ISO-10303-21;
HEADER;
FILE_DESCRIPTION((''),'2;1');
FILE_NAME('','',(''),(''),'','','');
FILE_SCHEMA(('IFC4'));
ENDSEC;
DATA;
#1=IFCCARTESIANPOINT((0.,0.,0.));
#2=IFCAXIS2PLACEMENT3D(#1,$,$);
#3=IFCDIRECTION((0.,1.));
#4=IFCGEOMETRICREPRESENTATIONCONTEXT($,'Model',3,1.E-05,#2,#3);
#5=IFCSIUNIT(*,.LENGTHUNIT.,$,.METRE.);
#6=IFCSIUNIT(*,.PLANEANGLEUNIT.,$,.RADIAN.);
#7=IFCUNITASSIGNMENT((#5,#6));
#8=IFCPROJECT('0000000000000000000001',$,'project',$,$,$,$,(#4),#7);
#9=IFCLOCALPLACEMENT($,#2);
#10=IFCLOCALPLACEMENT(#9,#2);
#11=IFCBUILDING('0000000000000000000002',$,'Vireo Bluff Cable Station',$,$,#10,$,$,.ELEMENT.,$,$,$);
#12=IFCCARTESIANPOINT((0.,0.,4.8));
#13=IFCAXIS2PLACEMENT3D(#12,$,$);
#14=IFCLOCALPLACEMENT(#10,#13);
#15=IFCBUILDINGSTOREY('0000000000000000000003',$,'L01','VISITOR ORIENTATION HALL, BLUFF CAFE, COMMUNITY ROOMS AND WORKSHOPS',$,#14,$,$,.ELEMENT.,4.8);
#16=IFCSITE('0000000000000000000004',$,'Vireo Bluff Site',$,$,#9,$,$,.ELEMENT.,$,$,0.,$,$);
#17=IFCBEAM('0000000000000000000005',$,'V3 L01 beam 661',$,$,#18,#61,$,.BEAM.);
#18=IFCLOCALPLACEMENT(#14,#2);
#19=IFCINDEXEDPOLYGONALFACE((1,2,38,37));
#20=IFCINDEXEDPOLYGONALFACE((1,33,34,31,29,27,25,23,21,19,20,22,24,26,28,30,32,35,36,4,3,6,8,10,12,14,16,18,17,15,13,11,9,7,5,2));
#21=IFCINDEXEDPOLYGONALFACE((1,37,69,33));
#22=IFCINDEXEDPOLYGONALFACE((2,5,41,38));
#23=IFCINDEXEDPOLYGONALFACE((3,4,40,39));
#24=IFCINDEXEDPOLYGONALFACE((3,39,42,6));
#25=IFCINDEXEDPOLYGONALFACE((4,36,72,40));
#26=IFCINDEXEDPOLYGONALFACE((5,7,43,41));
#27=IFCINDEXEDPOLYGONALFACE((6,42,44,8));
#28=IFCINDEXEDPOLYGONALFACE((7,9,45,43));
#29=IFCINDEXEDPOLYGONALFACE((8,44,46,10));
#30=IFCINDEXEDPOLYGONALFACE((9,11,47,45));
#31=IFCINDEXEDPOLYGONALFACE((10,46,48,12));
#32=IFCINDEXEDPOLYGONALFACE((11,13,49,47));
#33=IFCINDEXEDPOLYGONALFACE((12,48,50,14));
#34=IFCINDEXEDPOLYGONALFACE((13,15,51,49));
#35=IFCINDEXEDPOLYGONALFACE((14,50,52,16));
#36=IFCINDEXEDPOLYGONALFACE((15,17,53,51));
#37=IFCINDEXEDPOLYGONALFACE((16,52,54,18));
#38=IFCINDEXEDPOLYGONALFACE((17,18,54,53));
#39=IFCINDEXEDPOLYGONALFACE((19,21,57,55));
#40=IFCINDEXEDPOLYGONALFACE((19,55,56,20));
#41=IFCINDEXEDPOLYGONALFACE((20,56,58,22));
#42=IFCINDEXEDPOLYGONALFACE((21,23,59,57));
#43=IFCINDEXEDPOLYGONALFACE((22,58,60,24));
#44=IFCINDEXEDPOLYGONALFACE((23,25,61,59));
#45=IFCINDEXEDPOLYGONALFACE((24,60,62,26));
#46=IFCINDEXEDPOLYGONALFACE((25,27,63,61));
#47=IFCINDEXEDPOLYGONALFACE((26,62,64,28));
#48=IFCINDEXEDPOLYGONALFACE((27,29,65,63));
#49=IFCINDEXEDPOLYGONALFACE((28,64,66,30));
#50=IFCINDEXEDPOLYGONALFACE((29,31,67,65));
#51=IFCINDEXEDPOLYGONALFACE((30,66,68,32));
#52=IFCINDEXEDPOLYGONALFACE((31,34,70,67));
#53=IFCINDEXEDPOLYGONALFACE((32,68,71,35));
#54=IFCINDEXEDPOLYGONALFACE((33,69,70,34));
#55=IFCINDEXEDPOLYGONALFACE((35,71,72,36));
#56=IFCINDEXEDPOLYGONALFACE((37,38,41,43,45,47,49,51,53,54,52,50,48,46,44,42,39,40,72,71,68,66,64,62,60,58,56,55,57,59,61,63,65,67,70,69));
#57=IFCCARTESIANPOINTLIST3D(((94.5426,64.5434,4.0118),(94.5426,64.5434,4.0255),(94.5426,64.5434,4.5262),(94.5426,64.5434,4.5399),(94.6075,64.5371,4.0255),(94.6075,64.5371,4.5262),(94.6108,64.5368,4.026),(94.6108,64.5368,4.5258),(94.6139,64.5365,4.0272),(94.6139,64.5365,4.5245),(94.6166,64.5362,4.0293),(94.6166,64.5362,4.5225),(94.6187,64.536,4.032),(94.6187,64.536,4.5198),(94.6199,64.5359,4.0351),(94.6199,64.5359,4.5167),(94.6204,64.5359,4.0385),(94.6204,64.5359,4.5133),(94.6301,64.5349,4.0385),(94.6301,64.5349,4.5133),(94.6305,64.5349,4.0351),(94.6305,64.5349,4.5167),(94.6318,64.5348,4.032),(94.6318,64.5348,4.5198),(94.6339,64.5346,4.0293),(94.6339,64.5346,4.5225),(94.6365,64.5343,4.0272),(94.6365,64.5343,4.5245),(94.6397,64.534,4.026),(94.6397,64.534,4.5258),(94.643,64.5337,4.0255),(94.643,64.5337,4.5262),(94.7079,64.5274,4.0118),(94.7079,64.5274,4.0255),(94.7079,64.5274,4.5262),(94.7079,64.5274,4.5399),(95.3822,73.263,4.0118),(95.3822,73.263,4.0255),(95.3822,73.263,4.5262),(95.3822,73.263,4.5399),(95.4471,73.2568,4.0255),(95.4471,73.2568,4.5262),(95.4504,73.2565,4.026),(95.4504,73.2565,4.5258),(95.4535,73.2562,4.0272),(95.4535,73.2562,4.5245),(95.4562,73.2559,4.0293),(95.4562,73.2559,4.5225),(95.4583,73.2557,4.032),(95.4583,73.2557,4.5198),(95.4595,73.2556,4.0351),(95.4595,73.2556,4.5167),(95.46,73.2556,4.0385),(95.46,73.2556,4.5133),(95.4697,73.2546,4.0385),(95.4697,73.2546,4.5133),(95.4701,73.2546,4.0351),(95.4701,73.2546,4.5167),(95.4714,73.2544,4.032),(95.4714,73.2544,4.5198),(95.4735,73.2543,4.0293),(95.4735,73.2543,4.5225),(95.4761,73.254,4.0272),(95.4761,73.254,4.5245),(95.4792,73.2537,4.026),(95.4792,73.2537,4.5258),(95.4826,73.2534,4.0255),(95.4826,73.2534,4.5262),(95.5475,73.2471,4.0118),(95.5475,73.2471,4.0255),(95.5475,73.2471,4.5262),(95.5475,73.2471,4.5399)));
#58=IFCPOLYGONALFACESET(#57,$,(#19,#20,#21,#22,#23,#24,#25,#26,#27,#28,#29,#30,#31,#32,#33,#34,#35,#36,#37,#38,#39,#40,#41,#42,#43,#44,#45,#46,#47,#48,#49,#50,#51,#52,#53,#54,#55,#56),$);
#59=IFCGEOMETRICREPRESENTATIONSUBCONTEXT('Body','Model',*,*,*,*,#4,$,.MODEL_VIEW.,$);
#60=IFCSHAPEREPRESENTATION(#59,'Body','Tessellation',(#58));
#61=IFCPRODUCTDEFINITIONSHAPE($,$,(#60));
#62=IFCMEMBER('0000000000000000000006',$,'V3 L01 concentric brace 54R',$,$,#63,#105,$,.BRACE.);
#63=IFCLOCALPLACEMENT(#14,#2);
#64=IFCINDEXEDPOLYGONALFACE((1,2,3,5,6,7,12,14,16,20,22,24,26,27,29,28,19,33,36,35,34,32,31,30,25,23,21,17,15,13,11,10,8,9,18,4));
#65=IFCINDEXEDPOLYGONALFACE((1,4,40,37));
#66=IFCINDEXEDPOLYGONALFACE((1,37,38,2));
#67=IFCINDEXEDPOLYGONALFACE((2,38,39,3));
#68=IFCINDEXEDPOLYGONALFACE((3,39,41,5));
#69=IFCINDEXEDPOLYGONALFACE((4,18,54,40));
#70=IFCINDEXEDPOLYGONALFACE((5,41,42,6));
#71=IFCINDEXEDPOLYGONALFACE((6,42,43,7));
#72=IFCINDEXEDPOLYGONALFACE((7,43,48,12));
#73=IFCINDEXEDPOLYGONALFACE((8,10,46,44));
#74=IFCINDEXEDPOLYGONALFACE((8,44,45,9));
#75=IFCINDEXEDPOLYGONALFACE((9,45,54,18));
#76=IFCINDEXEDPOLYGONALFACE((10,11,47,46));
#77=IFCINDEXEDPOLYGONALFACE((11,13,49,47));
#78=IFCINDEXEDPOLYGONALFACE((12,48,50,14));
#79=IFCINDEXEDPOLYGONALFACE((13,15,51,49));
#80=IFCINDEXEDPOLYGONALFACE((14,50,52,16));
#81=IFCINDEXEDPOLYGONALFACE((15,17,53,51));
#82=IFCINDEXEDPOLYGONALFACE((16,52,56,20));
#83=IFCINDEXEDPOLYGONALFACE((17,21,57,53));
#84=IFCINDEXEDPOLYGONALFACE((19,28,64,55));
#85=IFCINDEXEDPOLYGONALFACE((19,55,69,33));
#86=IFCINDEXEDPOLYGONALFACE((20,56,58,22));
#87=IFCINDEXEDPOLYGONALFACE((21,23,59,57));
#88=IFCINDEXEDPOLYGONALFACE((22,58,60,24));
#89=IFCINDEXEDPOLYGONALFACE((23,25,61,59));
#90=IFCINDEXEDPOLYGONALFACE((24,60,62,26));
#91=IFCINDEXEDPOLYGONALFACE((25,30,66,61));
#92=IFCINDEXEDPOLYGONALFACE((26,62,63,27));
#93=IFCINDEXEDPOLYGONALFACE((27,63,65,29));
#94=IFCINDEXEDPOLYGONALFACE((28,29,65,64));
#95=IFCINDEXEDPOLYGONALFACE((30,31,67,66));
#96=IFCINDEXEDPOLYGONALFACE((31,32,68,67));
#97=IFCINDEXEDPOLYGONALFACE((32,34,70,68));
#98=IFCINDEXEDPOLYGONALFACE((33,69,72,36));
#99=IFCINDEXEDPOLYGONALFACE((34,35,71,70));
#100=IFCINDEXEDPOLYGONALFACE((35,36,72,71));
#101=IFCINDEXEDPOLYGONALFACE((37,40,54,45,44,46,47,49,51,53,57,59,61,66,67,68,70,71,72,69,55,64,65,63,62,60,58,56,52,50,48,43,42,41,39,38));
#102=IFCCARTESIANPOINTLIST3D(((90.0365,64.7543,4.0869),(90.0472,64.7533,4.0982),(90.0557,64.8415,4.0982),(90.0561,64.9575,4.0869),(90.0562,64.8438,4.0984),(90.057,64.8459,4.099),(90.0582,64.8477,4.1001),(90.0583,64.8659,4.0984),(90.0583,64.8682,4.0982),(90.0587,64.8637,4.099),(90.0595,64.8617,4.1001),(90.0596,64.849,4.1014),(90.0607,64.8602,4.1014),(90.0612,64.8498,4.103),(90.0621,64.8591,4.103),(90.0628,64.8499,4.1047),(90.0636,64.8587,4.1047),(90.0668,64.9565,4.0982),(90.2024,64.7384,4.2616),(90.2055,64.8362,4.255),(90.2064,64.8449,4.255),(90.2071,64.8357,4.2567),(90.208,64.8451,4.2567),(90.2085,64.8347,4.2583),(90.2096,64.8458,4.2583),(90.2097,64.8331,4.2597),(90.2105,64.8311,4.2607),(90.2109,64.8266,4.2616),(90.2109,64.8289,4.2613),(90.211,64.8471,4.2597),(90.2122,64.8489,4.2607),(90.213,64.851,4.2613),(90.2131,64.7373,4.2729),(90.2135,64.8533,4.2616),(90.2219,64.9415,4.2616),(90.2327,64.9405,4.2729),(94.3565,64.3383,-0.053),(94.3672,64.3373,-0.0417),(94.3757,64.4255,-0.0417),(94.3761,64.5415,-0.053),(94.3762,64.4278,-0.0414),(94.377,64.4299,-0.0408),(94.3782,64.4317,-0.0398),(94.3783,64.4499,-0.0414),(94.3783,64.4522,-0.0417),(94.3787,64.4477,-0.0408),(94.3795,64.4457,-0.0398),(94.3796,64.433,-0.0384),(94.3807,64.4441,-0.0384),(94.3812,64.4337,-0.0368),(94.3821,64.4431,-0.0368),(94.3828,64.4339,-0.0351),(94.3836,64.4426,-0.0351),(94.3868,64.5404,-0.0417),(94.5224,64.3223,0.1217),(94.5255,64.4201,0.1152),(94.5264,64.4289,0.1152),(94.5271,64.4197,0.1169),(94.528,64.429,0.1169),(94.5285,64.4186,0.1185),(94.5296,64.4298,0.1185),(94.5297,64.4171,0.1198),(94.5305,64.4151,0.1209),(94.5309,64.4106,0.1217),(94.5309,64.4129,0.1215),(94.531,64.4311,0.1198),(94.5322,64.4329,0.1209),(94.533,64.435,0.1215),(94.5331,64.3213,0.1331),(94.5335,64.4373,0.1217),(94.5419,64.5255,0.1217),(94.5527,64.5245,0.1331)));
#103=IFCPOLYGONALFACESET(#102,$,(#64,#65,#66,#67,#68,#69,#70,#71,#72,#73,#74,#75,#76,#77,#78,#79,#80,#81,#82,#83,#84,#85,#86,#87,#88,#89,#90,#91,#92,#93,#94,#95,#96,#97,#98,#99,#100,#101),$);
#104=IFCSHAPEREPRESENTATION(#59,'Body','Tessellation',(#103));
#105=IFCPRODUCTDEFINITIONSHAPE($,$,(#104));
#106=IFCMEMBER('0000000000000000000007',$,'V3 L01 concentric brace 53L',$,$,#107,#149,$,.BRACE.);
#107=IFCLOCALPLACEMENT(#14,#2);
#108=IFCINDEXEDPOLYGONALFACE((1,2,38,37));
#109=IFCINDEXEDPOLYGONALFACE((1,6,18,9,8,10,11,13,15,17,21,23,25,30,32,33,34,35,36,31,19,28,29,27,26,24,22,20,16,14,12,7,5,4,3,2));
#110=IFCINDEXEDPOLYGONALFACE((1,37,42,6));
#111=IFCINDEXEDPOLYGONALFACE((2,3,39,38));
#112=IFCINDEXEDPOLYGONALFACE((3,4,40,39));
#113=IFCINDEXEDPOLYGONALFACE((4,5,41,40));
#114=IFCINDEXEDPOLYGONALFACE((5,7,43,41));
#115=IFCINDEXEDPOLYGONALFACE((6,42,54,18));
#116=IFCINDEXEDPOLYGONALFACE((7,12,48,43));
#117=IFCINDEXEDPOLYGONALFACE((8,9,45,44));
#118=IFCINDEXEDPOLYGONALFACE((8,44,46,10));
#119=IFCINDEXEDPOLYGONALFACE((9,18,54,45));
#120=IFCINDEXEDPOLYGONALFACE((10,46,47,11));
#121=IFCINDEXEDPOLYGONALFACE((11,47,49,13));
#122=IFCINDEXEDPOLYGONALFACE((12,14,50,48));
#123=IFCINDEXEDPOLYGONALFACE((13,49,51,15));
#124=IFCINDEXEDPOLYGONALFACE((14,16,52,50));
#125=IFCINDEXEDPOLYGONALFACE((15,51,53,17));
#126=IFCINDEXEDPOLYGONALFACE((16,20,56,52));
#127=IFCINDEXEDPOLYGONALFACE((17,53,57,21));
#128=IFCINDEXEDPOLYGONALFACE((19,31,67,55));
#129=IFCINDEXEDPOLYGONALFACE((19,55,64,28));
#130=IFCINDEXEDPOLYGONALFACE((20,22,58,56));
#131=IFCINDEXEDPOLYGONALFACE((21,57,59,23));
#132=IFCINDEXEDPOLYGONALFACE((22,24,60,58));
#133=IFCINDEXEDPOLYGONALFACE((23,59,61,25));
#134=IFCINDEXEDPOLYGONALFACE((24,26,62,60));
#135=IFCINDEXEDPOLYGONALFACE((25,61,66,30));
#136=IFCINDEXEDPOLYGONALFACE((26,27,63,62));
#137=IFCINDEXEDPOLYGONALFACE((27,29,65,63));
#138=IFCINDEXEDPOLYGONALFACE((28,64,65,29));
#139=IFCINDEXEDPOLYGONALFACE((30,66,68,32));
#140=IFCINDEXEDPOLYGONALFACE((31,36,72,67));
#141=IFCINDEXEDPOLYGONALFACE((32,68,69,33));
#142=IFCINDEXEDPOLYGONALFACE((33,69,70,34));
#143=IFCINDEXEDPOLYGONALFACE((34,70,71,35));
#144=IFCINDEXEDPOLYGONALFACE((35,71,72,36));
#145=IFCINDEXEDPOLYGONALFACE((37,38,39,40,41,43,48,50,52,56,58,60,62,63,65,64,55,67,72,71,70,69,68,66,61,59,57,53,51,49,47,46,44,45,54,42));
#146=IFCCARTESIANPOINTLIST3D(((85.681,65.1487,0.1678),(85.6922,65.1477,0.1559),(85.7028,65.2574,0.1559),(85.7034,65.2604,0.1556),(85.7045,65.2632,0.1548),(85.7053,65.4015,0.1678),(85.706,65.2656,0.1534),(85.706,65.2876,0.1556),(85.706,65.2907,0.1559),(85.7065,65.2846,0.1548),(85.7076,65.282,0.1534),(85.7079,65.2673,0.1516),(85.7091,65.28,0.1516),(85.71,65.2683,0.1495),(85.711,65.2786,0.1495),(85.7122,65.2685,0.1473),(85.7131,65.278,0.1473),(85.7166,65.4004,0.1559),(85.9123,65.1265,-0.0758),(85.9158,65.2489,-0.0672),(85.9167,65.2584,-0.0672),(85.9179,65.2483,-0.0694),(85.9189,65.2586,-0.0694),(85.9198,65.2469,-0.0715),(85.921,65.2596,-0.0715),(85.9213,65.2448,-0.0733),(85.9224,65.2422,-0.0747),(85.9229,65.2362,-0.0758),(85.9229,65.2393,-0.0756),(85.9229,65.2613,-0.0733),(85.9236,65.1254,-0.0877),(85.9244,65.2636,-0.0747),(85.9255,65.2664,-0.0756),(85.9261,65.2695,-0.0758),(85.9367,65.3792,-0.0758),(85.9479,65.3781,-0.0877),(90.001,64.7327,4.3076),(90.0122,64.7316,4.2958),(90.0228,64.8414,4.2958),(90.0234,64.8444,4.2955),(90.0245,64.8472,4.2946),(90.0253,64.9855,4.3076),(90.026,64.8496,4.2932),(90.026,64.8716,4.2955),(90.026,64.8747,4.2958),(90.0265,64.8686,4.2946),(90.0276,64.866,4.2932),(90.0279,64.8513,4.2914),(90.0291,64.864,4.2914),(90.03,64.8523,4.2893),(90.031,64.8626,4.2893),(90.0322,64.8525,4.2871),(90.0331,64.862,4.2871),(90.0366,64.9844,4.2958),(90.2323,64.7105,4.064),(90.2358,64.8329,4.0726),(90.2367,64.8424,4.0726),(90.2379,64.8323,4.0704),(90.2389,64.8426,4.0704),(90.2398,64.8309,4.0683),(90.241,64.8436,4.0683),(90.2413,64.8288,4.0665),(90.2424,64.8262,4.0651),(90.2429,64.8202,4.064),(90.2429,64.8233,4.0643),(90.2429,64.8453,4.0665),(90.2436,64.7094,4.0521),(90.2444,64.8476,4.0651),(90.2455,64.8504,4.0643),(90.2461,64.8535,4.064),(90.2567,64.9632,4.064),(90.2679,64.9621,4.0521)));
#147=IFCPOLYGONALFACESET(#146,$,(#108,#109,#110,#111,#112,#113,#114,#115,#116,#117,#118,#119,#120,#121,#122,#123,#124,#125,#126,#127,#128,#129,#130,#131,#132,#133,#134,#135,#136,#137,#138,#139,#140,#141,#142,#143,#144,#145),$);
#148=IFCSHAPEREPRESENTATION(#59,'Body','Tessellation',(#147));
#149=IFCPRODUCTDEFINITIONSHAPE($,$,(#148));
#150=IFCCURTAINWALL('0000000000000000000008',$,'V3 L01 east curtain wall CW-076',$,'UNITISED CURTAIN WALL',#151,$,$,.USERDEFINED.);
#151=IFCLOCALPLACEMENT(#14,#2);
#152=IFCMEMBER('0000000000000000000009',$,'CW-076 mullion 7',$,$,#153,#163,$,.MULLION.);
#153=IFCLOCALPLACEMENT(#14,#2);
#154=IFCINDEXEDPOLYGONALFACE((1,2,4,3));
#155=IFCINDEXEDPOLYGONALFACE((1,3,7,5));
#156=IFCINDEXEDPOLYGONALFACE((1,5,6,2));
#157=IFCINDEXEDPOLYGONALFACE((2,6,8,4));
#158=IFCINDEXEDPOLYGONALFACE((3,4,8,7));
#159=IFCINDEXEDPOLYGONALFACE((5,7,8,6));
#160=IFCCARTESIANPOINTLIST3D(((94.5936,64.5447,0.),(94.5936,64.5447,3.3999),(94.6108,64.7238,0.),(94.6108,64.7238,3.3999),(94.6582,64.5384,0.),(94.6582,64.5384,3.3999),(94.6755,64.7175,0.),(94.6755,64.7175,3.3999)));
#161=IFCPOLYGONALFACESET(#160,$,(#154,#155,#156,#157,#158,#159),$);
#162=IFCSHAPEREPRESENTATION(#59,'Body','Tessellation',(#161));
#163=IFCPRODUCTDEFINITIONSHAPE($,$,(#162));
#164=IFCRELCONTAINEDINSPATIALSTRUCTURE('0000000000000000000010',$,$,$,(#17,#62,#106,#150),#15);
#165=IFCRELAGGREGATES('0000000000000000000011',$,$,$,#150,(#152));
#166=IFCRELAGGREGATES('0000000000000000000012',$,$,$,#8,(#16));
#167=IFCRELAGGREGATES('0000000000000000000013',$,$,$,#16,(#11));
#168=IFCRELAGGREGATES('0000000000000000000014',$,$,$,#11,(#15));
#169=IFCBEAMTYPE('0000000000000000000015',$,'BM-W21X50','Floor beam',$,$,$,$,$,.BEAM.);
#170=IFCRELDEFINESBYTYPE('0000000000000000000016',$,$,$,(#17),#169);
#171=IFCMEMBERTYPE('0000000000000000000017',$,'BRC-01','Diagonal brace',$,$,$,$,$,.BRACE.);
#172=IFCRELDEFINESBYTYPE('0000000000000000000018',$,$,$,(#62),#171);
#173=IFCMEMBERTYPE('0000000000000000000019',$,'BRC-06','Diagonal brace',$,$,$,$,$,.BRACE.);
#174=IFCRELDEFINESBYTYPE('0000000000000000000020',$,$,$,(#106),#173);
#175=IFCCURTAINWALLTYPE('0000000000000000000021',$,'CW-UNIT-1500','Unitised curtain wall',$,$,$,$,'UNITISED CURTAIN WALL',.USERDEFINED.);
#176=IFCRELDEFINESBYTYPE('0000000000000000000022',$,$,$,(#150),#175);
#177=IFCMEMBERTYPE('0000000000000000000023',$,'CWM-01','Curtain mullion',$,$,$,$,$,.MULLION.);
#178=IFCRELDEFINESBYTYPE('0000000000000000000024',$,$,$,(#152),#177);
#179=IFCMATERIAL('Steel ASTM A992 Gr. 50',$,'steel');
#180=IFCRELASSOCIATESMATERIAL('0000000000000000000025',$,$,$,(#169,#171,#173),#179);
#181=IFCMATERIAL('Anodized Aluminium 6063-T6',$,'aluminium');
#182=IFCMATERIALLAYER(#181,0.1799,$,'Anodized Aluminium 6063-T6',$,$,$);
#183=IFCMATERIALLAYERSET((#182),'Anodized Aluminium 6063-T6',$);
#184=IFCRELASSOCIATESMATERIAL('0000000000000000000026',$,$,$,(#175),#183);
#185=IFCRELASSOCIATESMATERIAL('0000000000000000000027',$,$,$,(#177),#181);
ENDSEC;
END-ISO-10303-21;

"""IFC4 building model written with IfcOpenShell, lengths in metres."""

from ifc_helpers import new_model, si_unit, direction, frame, origin, origin_2d, place, context, subcontext, project, spatial, rectangle, i_section, extrude, material, layer, layer_set, material_profile, profile_set, type_object, element, aggregate, save


model = new_model("IFC4")

# Units and contexts
model_context = context("Model", 3, precision=1e-05, world=origin(), true_north=direction((0.0, 1.0)))
body_context = subcontext(model_context, "Body", "Model", "MODEL_VIEW")
ifc_project = project(units=[si_unit("LENGTHUNIT", "METRE"), si_unit("PLANEANGLEUNIT", "RADIAN")], contexts=[model_context])

# Site, building, storey
site_placement = place(None, origin())
site = spatial("IfcSite", under=ifc_project, at=site_placement, Name="Vireo Bluff Site", CompositionType="ELEMENT", RefElevation=0.0)
building_placement = place(site_placement, origin())
building = spatial("IfcBuilding", under=site, at=building_placement, Name="Vireo Bluff Cable Station", CompositionType="ELEMENT")
storey_placement = place(building_placement, frame((0.0, 0.0, 4.8)))
storey = spatial("IfcBuildingStorey", under=building, at=storey_placement, Name="L01", Description="VISITOR ORIENTATION HALL, BLUFF CAFE, COMMUNITY ROOMS AND WORKSHOPS", CompositionType="ELEMENT", Elevation=4.8)

# Shared definitions
ifc_material_1 = material(Name="Steel ASTM A992 Gr. 50", Category="steel")

# Beam
ifc_material_profile_1 = material_profile(ifc_material_1, i_section(OverallWidth=0.166, OverallDepth=0.5281, WebThickness=0.0098, FlangeThickness=0.0137, FilletRadius=0.0129, at=origin_2d()), Name="W21X50")
ifc_profile_set_1 = profile_set([ifc_material_profile_1], Name="Steel ASTM A992 Gr. 50")
beam_type_1 = type_object("IfcBeamType", Name="BM-W21X50", Description="Floor beam", PredefinedType="BEAM", material=ifc_profile_set_1)
beam_1_placement = place(storey_placement, frame((94.6252, 64.5354, 4.2759), z_axis=(0.095844, 0.995396, 0.0), x_axis=(-0.995396, 0.095844, 0.0)))
element("IfcBeam", 1, at=beam_1_placement, inside=storey, type_object=beam_type_1, Name="V3 L01 beam 661", PredefinedType="BEAM", context=body_context, shape_type="SweptSolid", body=[
    extrude(i_section(OverallWidth=0.166, OverallDepth=0.5281, WebThickness=0.0098, FlangeThickness=0.0137, FilletRadius=0.0129, at=origin_2d()), origin(), (0.0, 0.0, 1.0), 8.76),
])

# Members
ifc_material_profile_2 = material_profile(ifc_material_1, i_section(OverallWidth=0.2041, OverallDepth=0.2571, WebThickness=0.0088, FlangeThickness=0.0156, FilletRadius=0.009, at=origin_2d()), Name="W10X45")
ifc_profile_set_2 = profile_set([ifc_material_profile_2], Name="Steel ASTM A992 Gr. 50")
member_type_1 = type_object("IfcMemberType", Name="BRC-01", Description="Diagonal brace", PredefinedType="BRACE", material=ifc_profile_set_2)
member_1_placement = place(storey_placement, frame((94.4546, 64.4314, 0.04), z_axis=(-0.720264, 0.06936, 0.690224), x_axis=(-0.095855, -0.995395, 0.0)))
element("IfcMember", 2, at=member_1_placement, inside=storey, type_object=member_type_1, Name="V3 L01 concentric brace 54R", PredefinedType="BRACE", context=body_context, shape_type="SweptSolid", body=[
    extrude(i_section(OverallWidth=0.2041, OverallDepth=0.2571, WebThickness=0.0088, FlangeThickness=0.0156, FilletRadius=0.009, at=origin_2d()), origin(), (0.0, 0.0, 1.0), 5.9978),
])
ifc_material_profile_3 = material_profile(ifc_material_1, i_section(OverallWidth=0.2539, OverallDepth=0.353, WebThickness=0.0095, FlangeThickness=0.0164, FilletRadius=0.012, at=origin_2d()), Name="W14X61")
ifc_profile_set_3 = profile_set([ifc_material_profile_3], Name="Steel ASTM A992 Gr. 50")
member_type_2 = type_object("IfcMemberType", Name="BRC-06", Description="Diagonal brace", PredefinedType="BRACE", material=ifc_profile_set_3)
member_2_placement = place(storey_placement, frame((85.8145, 65.2634, 0.04), z_axis=(0.720264, -0.06936, 0.690224), x_axis=(0.095855, 0.995395, 0.0)))
element("IfcMember", 3, at=member_2_placement, inside=storey, type_object=member_type_2, Name="V3 L01 concentric brace 53L", PredefinedType="BRACE", context=body_context, shape_type="SweptSolid", body=[
    extrude(i_section(OverallWidth=0.2539, OverallDepth=0.353, WebThickness=0.0095, FlangeThickness=0.0164, FilletRadius=0.012, at=origin_2d()), origin(), (0.0, 0.0, 1.0), 5.9978),
])

# Curtain wall, member
ifc_material_2 = material(Name="Anodized Aluminium 6063-T6", Category="aluminium")
ifc_layer_1 = layer(ifc_material_2, 0.1799, Name="Anodized Aluminium 6063-T6")
ifc_layer_set_1 = layer_set([ifc_layer_1], Name="Anodized Aluminium 6063-T6")
curtain_wall_type = type_object("IfcCurtainWallType", Name="CW-UNIT-1500", Description="Unitised curtain wall", ElementType="UNITISED CURTAIN WALL", PredefinedType="USERDEFINED", material=ifc_layer_set_1)
curtain_wall_placement = place(storey_placement, origin())
curtain_wall = element("IfcCurtainWall", 4, at=curtain_wall_placement, inside=storey, type_object=curtain_wall_type, Name="V3 L01 east curtain wall CW-076", ObjectType="UNITISED CURTAIN WALL", PredefinedType="USERDEFINED")
ifc_material_profile_4 = material_profile(ifc_material_2, rectangle(XDim=0.0649, YDim=0.1799, at=origin_2d()), Name="ALU-M-65X180")
ifc_profile_set_4 = profile_set([ifc_material_profile_4], Name="Anodized Aluminium 6063-T6")
member_type_3 = type_object("IfcMemberType", Name="CWM-01", Description="Curtain mullion", PredefinedType="MULLION", material=ifc_profile_set_4)
member_3_placement = place(storey_placement, frame((94.6345, 64.6311, 0.0), z_axis=(0.0, 0.0, 1.0), x_axis=(0.995396, -0.095846, 0.0)))
member_3 = element("IfcMember", 5, at=member_3_placement, type_object=member_type_3, Name="CW-076 mullion 7", PredefinedType="MULLION", context=body_context, shape_type="SweptSolid", body=[
    extrude(rectangle(XDim=0.0649, YDim=0.1799, at=origin_2d()), origin(), (0.0, 0.0, 1.0), 3.3999),
])
aggregate(curtain_wall, [member_3])

save(model, "model.ifc")
